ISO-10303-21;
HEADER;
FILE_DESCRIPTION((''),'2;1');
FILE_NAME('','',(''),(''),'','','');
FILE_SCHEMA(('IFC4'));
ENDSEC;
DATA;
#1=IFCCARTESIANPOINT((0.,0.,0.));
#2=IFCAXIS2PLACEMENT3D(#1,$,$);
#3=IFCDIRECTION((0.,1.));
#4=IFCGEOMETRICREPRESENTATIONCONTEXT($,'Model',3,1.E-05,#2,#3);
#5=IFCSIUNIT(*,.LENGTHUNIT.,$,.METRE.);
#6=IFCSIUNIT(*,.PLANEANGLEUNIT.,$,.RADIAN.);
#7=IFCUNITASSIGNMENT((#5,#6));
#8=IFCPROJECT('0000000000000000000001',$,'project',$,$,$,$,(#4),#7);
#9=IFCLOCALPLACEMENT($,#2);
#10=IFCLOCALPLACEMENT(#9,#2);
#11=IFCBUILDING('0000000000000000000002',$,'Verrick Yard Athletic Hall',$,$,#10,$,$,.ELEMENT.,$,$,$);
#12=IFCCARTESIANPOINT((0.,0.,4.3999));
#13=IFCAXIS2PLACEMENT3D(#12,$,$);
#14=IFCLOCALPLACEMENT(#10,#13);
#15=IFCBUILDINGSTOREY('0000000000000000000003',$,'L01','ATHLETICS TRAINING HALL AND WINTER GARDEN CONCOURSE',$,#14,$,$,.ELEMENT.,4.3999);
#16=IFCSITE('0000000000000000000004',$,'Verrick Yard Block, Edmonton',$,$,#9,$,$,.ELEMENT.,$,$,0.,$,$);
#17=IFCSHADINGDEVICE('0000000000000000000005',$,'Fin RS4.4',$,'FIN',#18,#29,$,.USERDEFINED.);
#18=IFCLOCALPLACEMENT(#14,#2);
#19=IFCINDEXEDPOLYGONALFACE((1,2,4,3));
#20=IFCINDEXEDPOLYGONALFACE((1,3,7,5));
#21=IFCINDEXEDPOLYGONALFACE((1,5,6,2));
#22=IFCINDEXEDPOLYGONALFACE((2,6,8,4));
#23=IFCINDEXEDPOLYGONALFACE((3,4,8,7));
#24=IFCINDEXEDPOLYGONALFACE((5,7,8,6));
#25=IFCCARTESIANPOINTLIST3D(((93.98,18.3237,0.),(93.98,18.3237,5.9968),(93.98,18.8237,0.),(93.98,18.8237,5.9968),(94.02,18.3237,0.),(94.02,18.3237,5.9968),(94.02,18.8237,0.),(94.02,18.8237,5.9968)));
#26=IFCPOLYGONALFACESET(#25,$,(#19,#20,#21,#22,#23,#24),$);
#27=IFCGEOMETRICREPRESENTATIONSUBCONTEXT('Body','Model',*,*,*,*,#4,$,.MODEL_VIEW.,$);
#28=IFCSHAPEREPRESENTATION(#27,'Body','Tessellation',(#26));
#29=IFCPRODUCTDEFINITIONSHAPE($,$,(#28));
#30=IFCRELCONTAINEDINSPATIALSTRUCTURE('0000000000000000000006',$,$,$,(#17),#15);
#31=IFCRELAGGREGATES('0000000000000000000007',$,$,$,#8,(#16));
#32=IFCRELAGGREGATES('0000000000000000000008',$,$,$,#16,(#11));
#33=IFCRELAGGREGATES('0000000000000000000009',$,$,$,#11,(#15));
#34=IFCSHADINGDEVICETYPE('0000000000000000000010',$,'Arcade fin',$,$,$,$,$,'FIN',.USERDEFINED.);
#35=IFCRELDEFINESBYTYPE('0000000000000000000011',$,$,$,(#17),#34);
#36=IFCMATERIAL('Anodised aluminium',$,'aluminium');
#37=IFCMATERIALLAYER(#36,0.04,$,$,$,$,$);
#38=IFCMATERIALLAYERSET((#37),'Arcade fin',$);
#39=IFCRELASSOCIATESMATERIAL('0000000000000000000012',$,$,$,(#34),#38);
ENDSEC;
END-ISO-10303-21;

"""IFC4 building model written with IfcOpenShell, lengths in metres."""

from ifc_helpers import new_model, si_unit, direction, frame, origin, place, context, subcontext, project, spatial, polyline, outline, extrude, material, layer, layer_set, type_object, element, save


model = new_model("IFC4")

# Units and contexts
model_context = context("Model", 3, precision=1e-05, world=origin(), true_north=direction((0.0, 1.0)))
body_context = subcontext(model_context, "Body", "Model", "MODEL_VIEW")
ifc_project = project(units=[si_unit("LENGTHUNIT", "METRE"), si_unit("PLANEANGLEUNIT", "RADIAN")], contexts=[model_context])

# Site, building, storey
site_placement = place(None, origin())
site = spatial("IfcSite", under=ifc_project, at=site_placement, Name="Verrick Yard Block, Edmonton", CompositionType="ELEMENT", RefElevation=0.0)
building_placement = place(site_placement, origin())
building = spatial("IfcBuilding", under=site, at=building_placement, Name="Verrick Yard Athletic Hall", CompositionType="ELEMENT")
storey_placement = place(building_placement, frame((0.0, 0.0, 4.3999)))
storey = spatial("IfcBuildingStorey", under=building, at=storey_placement, Name="L01", Description="ATHLETICS TRAINING HALL AND WINTER GARDEN CONCOURSE", CompositionType="ELEMENT", Elevation=4.3999)

# Shared definitions
ifc_material_1 = material(Name="Anodised aluminium", Category="aluminium")

# Shading device
ifc_layer_1 = layer(ifc_material_1, 0.04)
ifc_layer_set_1 = layer_set([ifc_layer_1], Name="Arcade fin")
shading_device_type = type_object("IfcShadingDeviceType", Name="Arcade fin", ElementType="FIN", PredefinedType="USERDEFINED", material=ifc_layer_set_1)
shading_device_1_placement = place(storey_placement, frame((94.0, 18.8237, 0.0), z_axis=(0.0, 0.0, 1.0), x_axis=(0.0, -1.0, 0.0)))
element("IfcShadingDevice", 1, at=shading_device_1_placement, inside=storey, type_object=shading_device_type, Name="Fin RS4.4", ObjectType="FIN", PredefinedType="USERDEFINED", context=body_context, shape_type="SweptSolid", body=[
    extrude(outline(polyline([(0.0, 0.0), (0.5, 0.0), (0.5, 5.9968), (0.0, 5.9968), (0.0, 0.0)])), frame((0.0, 0.02, 0.0), z_axis=(0.0, -1.0, 0.0), x_axis=(1.0, 0.0, 0.0)), (0.0, 0.0, 1.0), 0.04),
])

save(model, "model.ifc")
